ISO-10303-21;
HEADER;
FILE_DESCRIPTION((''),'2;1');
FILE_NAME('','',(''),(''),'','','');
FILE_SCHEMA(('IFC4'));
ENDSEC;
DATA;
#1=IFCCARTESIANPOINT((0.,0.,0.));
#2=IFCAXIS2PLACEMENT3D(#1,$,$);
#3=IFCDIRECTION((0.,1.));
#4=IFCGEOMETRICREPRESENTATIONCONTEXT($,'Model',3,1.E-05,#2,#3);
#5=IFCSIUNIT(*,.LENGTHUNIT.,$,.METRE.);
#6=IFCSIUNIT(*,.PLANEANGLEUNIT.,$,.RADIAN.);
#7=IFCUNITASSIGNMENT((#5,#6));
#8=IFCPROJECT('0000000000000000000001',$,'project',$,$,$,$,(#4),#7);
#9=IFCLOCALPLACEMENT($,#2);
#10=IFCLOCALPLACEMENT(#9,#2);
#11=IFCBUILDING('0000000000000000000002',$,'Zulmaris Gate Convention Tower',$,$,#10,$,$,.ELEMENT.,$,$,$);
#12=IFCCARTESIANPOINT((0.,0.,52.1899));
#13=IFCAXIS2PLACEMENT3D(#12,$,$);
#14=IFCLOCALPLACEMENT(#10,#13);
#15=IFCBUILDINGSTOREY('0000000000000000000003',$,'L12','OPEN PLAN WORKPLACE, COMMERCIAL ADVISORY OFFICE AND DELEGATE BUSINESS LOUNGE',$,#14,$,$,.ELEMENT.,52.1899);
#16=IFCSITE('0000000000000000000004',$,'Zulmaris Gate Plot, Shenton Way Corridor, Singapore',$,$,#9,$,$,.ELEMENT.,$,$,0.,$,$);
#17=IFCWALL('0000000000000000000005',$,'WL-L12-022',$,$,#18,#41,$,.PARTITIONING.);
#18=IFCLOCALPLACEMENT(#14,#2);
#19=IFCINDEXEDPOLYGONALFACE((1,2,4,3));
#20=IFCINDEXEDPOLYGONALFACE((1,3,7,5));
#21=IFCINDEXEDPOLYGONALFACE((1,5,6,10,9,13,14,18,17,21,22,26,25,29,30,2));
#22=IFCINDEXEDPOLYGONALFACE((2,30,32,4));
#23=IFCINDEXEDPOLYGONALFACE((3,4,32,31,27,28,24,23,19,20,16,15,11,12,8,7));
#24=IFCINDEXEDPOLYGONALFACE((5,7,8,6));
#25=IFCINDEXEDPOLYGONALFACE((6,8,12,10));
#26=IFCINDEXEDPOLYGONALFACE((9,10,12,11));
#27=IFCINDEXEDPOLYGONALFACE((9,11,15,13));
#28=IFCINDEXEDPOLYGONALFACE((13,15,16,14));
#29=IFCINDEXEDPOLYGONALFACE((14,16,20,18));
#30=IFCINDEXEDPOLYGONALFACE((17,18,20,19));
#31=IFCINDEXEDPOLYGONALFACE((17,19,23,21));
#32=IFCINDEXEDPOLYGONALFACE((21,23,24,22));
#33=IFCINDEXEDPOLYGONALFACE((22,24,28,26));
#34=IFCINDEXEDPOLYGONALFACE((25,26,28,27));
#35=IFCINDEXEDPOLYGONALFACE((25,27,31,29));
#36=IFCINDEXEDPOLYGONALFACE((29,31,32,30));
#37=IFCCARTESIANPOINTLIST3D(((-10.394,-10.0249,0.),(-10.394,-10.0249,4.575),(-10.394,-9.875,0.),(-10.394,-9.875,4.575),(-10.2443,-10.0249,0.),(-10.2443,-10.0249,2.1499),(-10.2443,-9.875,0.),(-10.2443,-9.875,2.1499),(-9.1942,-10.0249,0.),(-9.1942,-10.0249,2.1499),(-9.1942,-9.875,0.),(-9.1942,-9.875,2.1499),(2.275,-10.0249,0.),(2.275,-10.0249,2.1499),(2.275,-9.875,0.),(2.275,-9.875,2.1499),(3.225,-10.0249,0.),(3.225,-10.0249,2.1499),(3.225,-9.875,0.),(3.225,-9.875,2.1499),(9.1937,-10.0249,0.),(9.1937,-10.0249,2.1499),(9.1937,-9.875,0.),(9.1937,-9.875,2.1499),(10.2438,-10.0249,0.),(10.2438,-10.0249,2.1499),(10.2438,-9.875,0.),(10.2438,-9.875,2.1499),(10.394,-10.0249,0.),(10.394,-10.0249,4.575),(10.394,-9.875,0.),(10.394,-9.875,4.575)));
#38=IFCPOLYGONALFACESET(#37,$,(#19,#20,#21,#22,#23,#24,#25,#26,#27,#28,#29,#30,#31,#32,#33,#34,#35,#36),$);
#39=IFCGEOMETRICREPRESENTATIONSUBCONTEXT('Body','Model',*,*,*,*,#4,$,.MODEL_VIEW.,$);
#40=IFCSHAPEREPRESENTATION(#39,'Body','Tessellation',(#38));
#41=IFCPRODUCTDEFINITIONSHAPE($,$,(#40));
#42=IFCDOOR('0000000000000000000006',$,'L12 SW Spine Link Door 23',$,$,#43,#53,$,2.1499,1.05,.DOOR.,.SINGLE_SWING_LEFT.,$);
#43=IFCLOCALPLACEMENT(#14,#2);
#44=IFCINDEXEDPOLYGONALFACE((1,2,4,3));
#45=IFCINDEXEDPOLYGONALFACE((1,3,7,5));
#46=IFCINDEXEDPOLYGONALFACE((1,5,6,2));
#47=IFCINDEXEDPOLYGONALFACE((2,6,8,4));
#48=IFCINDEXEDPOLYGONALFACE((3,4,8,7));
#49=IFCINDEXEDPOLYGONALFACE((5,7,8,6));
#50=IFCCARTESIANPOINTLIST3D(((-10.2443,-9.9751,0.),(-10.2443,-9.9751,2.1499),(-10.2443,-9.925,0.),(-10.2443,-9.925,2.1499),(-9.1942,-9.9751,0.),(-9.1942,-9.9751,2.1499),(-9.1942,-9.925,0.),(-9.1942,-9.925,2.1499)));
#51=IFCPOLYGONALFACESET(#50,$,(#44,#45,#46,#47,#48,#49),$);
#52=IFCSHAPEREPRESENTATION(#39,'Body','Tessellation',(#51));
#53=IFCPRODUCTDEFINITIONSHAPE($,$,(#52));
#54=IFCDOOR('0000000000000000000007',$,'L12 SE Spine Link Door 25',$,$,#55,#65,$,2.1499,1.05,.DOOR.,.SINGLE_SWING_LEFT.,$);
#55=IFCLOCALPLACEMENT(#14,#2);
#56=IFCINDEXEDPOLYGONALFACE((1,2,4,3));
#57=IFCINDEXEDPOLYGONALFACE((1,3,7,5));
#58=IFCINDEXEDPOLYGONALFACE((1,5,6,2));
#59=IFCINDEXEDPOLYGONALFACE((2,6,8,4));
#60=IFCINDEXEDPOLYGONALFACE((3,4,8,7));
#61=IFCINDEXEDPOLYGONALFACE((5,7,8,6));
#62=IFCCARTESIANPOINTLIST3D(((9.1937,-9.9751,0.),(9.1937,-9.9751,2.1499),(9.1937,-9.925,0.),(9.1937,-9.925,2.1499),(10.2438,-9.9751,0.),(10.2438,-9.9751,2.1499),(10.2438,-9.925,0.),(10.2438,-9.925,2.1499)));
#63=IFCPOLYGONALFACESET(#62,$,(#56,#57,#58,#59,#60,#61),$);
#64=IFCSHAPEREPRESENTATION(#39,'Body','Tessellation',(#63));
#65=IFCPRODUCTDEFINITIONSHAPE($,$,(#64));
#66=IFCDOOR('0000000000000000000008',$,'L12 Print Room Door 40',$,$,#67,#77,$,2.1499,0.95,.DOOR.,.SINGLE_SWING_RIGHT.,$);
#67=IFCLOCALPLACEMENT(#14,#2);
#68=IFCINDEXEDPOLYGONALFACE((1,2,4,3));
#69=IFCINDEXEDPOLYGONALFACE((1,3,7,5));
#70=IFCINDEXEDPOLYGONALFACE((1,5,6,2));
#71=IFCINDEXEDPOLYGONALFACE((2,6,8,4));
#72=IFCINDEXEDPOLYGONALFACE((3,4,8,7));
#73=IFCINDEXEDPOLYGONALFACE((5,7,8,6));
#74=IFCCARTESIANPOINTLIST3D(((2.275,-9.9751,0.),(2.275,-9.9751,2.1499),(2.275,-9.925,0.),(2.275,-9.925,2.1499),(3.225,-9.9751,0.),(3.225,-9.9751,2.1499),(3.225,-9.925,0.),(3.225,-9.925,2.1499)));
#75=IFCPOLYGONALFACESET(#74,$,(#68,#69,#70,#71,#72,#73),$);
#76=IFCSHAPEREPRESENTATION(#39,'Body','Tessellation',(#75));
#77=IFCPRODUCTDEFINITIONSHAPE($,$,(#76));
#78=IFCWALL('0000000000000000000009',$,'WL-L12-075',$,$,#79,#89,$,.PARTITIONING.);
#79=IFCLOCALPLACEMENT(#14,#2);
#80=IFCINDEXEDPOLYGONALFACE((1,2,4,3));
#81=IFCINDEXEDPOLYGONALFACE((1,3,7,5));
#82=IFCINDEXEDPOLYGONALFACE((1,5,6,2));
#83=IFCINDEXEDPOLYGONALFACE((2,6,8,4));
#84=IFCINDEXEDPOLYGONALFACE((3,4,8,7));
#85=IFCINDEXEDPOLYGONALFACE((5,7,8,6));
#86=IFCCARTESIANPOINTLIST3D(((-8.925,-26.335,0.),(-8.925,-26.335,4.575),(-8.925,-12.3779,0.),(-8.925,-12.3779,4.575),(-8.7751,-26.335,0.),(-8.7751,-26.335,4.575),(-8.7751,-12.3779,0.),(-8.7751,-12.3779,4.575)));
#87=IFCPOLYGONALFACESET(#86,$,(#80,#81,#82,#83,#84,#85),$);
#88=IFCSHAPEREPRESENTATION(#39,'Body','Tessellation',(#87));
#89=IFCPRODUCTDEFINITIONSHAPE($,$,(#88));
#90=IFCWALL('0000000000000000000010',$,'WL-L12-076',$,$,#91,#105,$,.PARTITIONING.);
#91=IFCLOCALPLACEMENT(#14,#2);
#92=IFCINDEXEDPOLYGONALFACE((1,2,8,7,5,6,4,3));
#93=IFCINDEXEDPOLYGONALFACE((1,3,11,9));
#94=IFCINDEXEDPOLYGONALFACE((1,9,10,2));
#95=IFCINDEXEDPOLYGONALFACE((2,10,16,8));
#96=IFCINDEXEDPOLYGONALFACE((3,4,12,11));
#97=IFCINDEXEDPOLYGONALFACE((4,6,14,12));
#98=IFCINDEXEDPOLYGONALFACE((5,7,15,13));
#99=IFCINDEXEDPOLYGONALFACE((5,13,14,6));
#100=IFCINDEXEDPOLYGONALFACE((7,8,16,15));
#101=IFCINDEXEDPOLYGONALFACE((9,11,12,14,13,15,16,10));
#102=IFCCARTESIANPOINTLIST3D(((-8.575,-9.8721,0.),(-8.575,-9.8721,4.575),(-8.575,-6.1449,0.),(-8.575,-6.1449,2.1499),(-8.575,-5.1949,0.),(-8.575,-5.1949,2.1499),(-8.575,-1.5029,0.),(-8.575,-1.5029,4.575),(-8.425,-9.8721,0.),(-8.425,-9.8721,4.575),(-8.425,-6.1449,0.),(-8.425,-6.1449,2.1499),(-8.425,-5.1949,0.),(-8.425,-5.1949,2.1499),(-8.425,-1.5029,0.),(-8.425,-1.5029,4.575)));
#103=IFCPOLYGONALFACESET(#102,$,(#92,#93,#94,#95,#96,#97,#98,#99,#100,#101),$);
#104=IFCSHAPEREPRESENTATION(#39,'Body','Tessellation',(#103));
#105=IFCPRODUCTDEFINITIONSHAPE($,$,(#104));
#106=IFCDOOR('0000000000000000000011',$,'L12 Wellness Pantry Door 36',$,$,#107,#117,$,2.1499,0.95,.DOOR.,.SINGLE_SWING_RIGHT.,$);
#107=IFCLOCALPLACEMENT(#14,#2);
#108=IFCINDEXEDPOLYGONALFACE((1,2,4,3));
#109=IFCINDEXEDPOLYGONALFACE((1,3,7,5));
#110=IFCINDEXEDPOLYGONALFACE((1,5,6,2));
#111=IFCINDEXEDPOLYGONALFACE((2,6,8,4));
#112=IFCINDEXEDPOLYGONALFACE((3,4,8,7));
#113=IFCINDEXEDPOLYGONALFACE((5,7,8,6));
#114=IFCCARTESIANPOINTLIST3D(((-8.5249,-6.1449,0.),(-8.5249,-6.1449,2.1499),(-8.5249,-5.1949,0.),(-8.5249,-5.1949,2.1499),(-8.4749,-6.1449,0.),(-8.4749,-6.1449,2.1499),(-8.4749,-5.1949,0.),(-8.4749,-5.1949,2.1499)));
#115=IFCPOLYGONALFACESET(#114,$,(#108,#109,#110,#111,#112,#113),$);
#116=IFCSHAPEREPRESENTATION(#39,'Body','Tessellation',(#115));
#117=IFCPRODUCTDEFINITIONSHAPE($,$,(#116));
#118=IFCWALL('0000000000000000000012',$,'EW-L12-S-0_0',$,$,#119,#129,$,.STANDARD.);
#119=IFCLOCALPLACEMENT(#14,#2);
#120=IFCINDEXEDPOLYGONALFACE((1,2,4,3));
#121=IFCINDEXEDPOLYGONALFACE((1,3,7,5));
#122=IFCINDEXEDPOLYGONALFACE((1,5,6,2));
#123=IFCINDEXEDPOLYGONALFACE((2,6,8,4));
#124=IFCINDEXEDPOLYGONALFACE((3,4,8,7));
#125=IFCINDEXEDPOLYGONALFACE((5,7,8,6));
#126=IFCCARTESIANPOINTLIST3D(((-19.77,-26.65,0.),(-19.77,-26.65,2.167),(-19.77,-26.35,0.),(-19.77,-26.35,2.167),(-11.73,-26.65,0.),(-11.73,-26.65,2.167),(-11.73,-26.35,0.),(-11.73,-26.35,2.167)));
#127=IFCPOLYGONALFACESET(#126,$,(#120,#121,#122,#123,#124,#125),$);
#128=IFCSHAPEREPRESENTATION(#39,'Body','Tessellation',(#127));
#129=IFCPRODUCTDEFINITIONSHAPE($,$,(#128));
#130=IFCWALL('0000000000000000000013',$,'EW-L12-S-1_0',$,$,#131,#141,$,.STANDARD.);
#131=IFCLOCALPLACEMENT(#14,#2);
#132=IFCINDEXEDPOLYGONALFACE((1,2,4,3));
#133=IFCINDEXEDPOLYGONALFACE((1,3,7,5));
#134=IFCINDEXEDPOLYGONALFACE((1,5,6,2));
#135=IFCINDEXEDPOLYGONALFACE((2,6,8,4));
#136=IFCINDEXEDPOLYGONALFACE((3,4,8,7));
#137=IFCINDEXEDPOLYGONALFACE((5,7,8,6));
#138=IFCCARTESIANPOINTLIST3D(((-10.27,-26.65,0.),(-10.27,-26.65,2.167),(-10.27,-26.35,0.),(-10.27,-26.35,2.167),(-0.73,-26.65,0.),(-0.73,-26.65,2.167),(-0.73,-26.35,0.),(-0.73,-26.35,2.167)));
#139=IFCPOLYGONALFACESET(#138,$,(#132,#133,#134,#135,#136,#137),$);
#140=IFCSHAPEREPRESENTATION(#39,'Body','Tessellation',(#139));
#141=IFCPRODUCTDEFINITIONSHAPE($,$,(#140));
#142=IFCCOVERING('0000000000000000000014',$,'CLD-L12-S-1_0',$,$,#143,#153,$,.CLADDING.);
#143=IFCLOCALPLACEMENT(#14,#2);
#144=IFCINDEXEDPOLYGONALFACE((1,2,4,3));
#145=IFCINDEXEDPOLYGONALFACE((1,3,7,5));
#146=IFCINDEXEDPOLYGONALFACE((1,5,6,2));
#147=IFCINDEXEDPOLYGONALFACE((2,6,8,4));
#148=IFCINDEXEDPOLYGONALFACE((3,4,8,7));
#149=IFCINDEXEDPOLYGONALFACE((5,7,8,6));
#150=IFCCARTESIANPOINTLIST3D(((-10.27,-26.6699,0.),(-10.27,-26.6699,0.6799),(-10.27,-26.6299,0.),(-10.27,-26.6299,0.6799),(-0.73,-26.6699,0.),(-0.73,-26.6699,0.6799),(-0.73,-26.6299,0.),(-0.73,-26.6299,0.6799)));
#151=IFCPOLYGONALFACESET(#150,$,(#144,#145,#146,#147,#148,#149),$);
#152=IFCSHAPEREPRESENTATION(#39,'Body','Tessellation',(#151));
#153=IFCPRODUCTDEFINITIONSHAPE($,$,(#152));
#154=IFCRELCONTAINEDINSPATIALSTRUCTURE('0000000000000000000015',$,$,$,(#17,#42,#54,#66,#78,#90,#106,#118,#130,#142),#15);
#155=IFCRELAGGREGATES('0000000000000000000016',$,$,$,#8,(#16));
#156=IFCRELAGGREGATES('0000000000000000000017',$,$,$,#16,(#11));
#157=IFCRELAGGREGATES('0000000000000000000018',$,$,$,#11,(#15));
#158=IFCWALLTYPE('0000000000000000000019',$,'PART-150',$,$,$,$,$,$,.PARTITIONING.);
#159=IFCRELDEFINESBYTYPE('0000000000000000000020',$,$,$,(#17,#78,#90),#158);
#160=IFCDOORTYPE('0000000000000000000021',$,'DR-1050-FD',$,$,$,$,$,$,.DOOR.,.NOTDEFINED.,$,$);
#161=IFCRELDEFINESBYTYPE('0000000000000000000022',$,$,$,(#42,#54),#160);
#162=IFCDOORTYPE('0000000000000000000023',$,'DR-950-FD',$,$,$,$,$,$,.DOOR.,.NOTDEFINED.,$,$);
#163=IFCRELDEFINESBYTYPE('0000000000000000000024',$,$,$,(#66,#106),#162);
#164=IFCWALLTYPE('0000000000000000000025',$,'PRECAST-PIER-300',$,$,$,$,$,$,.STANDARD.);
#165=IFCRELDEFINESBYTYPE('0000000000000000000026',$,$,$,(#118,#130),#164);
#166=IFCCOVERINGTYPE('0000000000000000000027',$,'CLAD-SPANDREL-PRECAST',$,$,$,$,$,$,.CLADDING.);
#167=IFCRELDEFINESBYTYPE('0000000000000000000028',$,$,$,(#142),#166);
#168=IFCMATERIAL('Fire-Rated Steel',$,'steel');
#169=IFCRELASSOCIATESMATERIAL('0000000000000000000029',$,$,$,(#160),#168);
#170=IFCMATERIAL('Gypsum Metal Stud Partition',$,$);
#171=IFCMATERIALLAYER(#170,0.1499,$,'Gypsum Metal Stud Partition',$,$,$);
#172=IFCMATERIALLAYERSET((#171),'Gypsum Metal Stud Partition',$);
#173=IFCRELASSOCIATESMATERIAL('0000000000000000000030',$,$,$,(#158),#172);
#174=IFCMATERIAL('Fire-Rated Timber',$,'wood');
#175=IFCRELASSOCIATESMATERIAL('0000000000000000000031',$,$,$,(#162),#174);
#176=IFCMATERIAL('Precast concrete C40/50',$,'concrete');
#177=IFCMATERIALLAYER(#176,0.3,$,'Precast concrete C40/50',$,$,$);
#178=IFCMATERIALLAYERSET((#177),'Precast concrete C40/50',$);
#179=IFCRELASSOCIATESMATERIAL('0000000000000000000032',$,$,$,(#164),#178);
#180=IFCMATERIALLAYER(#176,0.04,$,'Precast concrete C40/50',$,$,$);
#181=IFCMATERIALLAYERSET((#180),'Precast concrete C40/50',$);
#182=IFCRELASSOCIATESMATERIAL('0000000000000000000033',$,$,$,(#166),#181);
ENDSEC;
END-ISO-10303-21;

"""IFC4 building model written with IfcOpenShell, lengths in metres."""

from ifc_helpers import new_model, si_unit, direction, frame, frame_2d, origin, place, context, subcontext, project, spatial, rectangle, extrude, material, layer, layer_set, type_object, element, fill, save


model = new_model("IFC4")

# Units and contexts
model_context = context("Model", 3, precision=1e-05, world=origin(), true_north=direction((0.0, 1.0)))
body_context = subcontext(model_context, "Body", "Model", "MODEL_VIEW")
ifc_project = project(units=[si_unit("LENGTHUNIT", "METRE"), si_unit("PLANEANGLEUNIT", "RADIAN")], contexts=[model_context])

# Site, building, storey
site_placement = place(None, origin())
site = spatial("IfcSite", under=ifc_project, at=site_placement, Name="Zulmaris Gate Plot, Shenton Way Corridor, Singapore", CompositionType="ELEMENT", RefElevation=0.0)
building_placement = place(site_placement, origin())
building = spatial("IfcBuilding", under=site, at=building_placement, Name="Zulmaris Gate Convention Tower", CompositionType="ELEMENT")
storey_placement = place(building_placement, frame((0.0, 0.0, 52.1899)))
storey = spatial("IfcBuildingStorey", under=building, at=storey_placement, Name="L12", Description="OPEN PLAN WORKPLACE, COMMERCIAL ADVISORY OFFICE AND DELEGATE BUSINESS LOUNGE", CompositionType="ELEMENT", Elevation=52.1899)

# Shared definitions
ifc_material_1 = material(Name="Fire-Rated Steel", Category="steel")
door_type_1 = type_object("IfcDoorType", Name="DR-1050-FD", OperationType="NOTDEFINED", PredefinedType="DOOR", material=ifc_material_1)

# Wall, openings, doors
ifc_material_2 = material(Name="Gypsum Metal Stud Partition")
ifc_layer_1 = layer(ifc_material_2, 0.1499, Name="Gypsum Metal Stud Partition")
ifc_layer_set_1 = layer_set([ifc_layer_1], Name="Gypsum Metal Stud Partition")
wall_type_1 = type_object("IfcWallType", Name="PART-150", PredefinedType="PARTITIONING", material=ifc_layer_set_1)
wall_1_placement = place(storey_placement, frame((-10.394, -9.95, 0.0), z_axis=(0.0, 0.0, 1.0), x_axis=(1.0, 0.0, 0.0)))
wall_1 = element("IfcWall", 1, at=wall_1_placement, inside=storey, type_object=wall_type_1, Name="WL-L12-022", PredefinedType="PARTITIONING", context=body_context, shape_type="SweptSolid", body=[
    extrude(rectangle(XDim=20.7881, YDim=0.1499, at=frame_2d((10.394, 0.0))), origin(), (0.0, 0.0, 1.0), 4.575),
])
opening_1_placement = place(wall_1_placement, frame((0.1499, 0.0, 0.0)))
opening_1 = element("IfcOpeningElement", 2, at=opening_1_placement, cuts=wall_1, PredefinedType="OPENING", context=body_context, shape_type="SweptSolid", body=[
    extrude(rectangle(XDim=1.05, YDim=2.1499, at=frame_2d((0.5249, 1.075))), frame((0.0, 0.085, 0.0), z_axis=(0.0, -1.0, 0.0), x_axis=(1.0, 0.0, 0.0)), (0.0, 0.0, 1.0), 0.1699),
])
opening_2_placement = place(wall_1_placement, frame((19.5879, 0.0, 0.0)))
opening_2 = element("IfcOpeningElement", 3, at=opening_2_placement, cuts=wall_1, PredefinedType="OPENING", context=body_context, shape_type="SweptSolid", body=[
    extrude(rectangle(XDim=1.05, YDim=2.1499, at=frame_2d((0.5249, 1.075))), frame((0.0, 0.085, 0.0), z_axis=(0.0, -1.0, 0.0), x_axis=(1.0, 0.0, 0.0)), (0.0, 0.0, 1.0), 0.1699),
])
opening_3_placement = place(wall_1_placement, frame((12.6689, 0.0, 0.0)))
opening_3 = element("IfcOpeningElement", 4, at=opening_3_placement, cuts=wall_1, PredefinedType="OPENING", context=body_context, shape_type="SweptSolid", body=[
    extrude(rectangle(XDim=0.95, YDim=2.1499, at=frame_2d((0.4751, 1.075))), frame((0.0, 0.085, 0.0), z_axis=(0.0, -1.0, 0.0), x_axis=(1.0, 0.0, 0.0)), (0.0, 0.0, 1.0), 0.1699),
])
door_1_placement = place(opening_1_placement, origin())
door_1 = element("IfcDoor", 5, at=door_1_placement, inside=storey, type_object=door_type_1, Name="L12 SW Spine Link Door 23", OperationType="SINGLE_SWING_LEFT", OverallHeight=2.1499, OverallWidth=1.05, PredefinedType="DOOR", context=body_context, shape_type="SweptSolid", body=[
    extrude(rectangle(XDim=1.05, YDim=2.1499, at=frame_2d((0.5249, 1.075))), frame((0.0, 0.0249, 0.0), z_axis=(0.0, -1.0, 0.0), x_axis=(1.0, 0.0, 0.0)), (0.0, 0.0, 1.0), 0.05),
])
fill(opening_1, door_1)
door_2_placement = place(opening_2_placement, origin())
door_2 = element("IfcDoor", 6, at=door_2_placement, inside=storey, type_object=door_type_1, Name="L12 SE Spine Link Door 25", OperationType="SINGLE_SWING_LEFT", OverallHeight=2.1499, OverallWidth=1.05, PredefinedType="DOOR", context=body_context, shape_type="SweptSolid", body=[
    extrude(rectangle(XDim=1.05, YDim=2.1499, at=frame_2d((0.5249, 1.075))), frame((0.0, 0.0249, 0.0), z_axis=(0.0, -1.0, 0.0), x_axis=(1.0, 0.0, 0.0)), (0.0, 0.0, 1.0), 0.05),
])
fill(opening_2, door_2)
ifc_material_3 = material(Name="Fire-Rated Timber", Category="wood")
door_type_2 = type_object("IfcDoorType", Name="DR-950-FD", OperationType="NOTDEFINED", PredefinedType="DOOR", material=ifc_material_3)
door_3_placement = place(opening_3_placement, origin())
door_3 = element("IfcDoor", 7, at=door_3_placement, inside=storey, type_object=door_type_2, Name="L12 Print Room Door 40", OperationType="SINGLE_SWING_RIGHT", OverallHeight=2.1499, OverallWidth=0.95, PredefinedType="DOOR", context=body_context, shape_type="SweptSolid", body=[
    extrude(rectangle(XDim=0.95, YDim=2.1499, at=frame_2d((0.4751, 1.075))), frame((0.0, 0.0249, 0.0), z_axis=(0.0, -1.0, 0.0), x_axis=(1.0, 0.0, 0.0)), (0.0, 0.0, 1.0), 0.05),
])
fill(opening_3, door_3)

# Wall
wall_2_placement = place(storey_placement, frame((-8.8501, -26.335, 0.0), z_axis=(0.0, 0.0, 1.0), x_axis=(0.0, 1.0, 0.0)))
element("IfcWall", 8, at=wall_2_placement, inside=storey, type_object=wall_type_1, Name="WL-L12-075", PredefinedType="PARTITIONING", context=body_context, shape_type="SweptSolid", body=[
    extrude(rectangle(XDim=13.957, YDim=0.1499, at=frame_2d((6.9785, 0.0))), origin(), (0.0, 0.0, 1.0), 4.575),
])

# Wall, opening, door
wall_3_placement = place(storey_placement, frame((-8.5, -9.8721, 0.0), z_axis=(0.0, 0.0, 1.0), x_axis=(0.0, 1.0, 0.0)))
wall_3 = element("IfcWall", 9, at=wall_3_placement, inside=storey, type_object=wall_type_1, Name="WL-L12-076", PredefinedType="PARTITIONING", context=body_context, shape_type="SweptSolid", body=[
    extrude(rectangle(XDim=8.3691, YDim=0.1499, at=frame_2d((4.1846, 0.0))), origin(), (0.0, 0.0, 1.0), 4.575),
])
opening_4_placement = place(wall_3_placement, frame((3.7271, 0.0, 0.0)))
opening_4 = element("IfcOpeningElement", 10, at=opening_4_placement, cuts=wall_3, PredefinedType="OPENING", context=body_context, shape_type="SweptSolid", body=[
    extrude(rectangle(XDim=0.95, YDim=2.1499, at=frame_2d((0.4751, 1.075))), frame((0.0, 0.085, 0.0), z_axis=(0.0, -1.0, 0.0), x_axis=(1.0, 0.0, 0.0)), (0.0, 0.0, 1.0), 0.1699),
])
door_4_placement = place(opening_4_placement, origin())
door_4 = element("IfcDoor", 11, at=door_4_placement, inside=storey, type_object=door_type_2, Name="L12 Wellness Pantry Door 36", OperationType="SINGLE_SWING_RIGHT", OverallHeight=2.1499, OverallWidth=0.95, PredefinedType="DOOR", context=body_context, shape_type="SweptSolid", body=[
    extrude(rectangle(XDim=0.95, YDim=2.1499, at=frame_2d((0.4751, 1.075))), frame((0.0, 0.0249, 0.0), z_axis=(0.0, -1.0, 0.0), x_axis=(1.0, 0.0, 0.0)), (0.0, 0.0, 1.0), 0.05),
])
fill(opening_4, door_4)

# Walls
ifc_material_4 = material(Name="Precast concrete C40/50", Category="concrete")
ifc_layer_2 = layer(ifc_material_4, 0.3, Name="Precast concrete C40/50")
ifc_layer_set_2 = layer_set([ifc_layer_2], Name="Precast concrete C40/50")
wall_type_2 = type_object("IfcWallType", Name="PRECAST-PIER-300", PredefinedType="STANDARD", material=ifc_layer_set_2)
wall_4_placement = place(storey_placement, frame((-19.77, -26.5, 0.0), z_axis=(0.0, 0.0, 1.0), x_axis=(1.0, 0.0, 0.0)))
element("IfcWall", 12, at=wall_4_placement, inside=storey, type_object=wall_type_2, Name="EW-L12-S-0_0", PredefinedType="STANDARD", context=body_context, shape_type="SweptSolid", body=[
    extrude(rectangle(XDim=8.04, YDim=0.3, at=frame_2d((4.02, 0.0))), origin(), (0.0, 0.0, 1.0), 2.167),
])
wall_5_placement = place(storey_placement, frame((-10.27, -26.5, 0.0), z_axis=(0.0, 0.0, 1.0), x_axis=(1.0, 0.0, 0.0)))
element("IfcWall", 13, at=wall_5_placement, inside=storey, type_object=wall_type_2, Name="EW-L12-S-1_0", PredefinedType="STANDARD", context=body_context, shape_type="SweptSolid", body=[
    extrude(rectangle(XDim=9.54, YDim=0.3, at=frame_2d((4.77, 0.0))), origin(), (0.0, 0.0, 1.0), 2.167),
])

# Covering
ifc_layer_3 = layer(ifc_material_4, 0.04, Name="Precast concrete C40/50")
ifc_layer_set_3 = layer_set([ifc_layer_3], Name="Precast concrete C40/50")
covering_type = type_object("IfcCoveringType", Name="CLAD-SPANDREL-PRECAST", PredefinedType="CLADDING", material=ifc_layer_set_3)
covering_placement = place(storey_placement, frame((-10.27, -26.6499, 0.0), z_axis=(0.0, 0.0, 1.0), x_axis=(1.0, 0.0, 0.0)))
element("IfcCovering", 14, at=covering_placement, inside=storey, type_object=covering_type, Name="CLD-L12-S-1_0", PredefinedType="CLADDING", context=body_context, shape_type="SweptSolid", body=[
    extrude(rectangle(XDim=9.54, YDim=0.04, at=frame_2d((4.77, 0.0))), origin(), (0.0, 0.0, 1.0), 0.6799),
])

save(model, "model.ifc")
